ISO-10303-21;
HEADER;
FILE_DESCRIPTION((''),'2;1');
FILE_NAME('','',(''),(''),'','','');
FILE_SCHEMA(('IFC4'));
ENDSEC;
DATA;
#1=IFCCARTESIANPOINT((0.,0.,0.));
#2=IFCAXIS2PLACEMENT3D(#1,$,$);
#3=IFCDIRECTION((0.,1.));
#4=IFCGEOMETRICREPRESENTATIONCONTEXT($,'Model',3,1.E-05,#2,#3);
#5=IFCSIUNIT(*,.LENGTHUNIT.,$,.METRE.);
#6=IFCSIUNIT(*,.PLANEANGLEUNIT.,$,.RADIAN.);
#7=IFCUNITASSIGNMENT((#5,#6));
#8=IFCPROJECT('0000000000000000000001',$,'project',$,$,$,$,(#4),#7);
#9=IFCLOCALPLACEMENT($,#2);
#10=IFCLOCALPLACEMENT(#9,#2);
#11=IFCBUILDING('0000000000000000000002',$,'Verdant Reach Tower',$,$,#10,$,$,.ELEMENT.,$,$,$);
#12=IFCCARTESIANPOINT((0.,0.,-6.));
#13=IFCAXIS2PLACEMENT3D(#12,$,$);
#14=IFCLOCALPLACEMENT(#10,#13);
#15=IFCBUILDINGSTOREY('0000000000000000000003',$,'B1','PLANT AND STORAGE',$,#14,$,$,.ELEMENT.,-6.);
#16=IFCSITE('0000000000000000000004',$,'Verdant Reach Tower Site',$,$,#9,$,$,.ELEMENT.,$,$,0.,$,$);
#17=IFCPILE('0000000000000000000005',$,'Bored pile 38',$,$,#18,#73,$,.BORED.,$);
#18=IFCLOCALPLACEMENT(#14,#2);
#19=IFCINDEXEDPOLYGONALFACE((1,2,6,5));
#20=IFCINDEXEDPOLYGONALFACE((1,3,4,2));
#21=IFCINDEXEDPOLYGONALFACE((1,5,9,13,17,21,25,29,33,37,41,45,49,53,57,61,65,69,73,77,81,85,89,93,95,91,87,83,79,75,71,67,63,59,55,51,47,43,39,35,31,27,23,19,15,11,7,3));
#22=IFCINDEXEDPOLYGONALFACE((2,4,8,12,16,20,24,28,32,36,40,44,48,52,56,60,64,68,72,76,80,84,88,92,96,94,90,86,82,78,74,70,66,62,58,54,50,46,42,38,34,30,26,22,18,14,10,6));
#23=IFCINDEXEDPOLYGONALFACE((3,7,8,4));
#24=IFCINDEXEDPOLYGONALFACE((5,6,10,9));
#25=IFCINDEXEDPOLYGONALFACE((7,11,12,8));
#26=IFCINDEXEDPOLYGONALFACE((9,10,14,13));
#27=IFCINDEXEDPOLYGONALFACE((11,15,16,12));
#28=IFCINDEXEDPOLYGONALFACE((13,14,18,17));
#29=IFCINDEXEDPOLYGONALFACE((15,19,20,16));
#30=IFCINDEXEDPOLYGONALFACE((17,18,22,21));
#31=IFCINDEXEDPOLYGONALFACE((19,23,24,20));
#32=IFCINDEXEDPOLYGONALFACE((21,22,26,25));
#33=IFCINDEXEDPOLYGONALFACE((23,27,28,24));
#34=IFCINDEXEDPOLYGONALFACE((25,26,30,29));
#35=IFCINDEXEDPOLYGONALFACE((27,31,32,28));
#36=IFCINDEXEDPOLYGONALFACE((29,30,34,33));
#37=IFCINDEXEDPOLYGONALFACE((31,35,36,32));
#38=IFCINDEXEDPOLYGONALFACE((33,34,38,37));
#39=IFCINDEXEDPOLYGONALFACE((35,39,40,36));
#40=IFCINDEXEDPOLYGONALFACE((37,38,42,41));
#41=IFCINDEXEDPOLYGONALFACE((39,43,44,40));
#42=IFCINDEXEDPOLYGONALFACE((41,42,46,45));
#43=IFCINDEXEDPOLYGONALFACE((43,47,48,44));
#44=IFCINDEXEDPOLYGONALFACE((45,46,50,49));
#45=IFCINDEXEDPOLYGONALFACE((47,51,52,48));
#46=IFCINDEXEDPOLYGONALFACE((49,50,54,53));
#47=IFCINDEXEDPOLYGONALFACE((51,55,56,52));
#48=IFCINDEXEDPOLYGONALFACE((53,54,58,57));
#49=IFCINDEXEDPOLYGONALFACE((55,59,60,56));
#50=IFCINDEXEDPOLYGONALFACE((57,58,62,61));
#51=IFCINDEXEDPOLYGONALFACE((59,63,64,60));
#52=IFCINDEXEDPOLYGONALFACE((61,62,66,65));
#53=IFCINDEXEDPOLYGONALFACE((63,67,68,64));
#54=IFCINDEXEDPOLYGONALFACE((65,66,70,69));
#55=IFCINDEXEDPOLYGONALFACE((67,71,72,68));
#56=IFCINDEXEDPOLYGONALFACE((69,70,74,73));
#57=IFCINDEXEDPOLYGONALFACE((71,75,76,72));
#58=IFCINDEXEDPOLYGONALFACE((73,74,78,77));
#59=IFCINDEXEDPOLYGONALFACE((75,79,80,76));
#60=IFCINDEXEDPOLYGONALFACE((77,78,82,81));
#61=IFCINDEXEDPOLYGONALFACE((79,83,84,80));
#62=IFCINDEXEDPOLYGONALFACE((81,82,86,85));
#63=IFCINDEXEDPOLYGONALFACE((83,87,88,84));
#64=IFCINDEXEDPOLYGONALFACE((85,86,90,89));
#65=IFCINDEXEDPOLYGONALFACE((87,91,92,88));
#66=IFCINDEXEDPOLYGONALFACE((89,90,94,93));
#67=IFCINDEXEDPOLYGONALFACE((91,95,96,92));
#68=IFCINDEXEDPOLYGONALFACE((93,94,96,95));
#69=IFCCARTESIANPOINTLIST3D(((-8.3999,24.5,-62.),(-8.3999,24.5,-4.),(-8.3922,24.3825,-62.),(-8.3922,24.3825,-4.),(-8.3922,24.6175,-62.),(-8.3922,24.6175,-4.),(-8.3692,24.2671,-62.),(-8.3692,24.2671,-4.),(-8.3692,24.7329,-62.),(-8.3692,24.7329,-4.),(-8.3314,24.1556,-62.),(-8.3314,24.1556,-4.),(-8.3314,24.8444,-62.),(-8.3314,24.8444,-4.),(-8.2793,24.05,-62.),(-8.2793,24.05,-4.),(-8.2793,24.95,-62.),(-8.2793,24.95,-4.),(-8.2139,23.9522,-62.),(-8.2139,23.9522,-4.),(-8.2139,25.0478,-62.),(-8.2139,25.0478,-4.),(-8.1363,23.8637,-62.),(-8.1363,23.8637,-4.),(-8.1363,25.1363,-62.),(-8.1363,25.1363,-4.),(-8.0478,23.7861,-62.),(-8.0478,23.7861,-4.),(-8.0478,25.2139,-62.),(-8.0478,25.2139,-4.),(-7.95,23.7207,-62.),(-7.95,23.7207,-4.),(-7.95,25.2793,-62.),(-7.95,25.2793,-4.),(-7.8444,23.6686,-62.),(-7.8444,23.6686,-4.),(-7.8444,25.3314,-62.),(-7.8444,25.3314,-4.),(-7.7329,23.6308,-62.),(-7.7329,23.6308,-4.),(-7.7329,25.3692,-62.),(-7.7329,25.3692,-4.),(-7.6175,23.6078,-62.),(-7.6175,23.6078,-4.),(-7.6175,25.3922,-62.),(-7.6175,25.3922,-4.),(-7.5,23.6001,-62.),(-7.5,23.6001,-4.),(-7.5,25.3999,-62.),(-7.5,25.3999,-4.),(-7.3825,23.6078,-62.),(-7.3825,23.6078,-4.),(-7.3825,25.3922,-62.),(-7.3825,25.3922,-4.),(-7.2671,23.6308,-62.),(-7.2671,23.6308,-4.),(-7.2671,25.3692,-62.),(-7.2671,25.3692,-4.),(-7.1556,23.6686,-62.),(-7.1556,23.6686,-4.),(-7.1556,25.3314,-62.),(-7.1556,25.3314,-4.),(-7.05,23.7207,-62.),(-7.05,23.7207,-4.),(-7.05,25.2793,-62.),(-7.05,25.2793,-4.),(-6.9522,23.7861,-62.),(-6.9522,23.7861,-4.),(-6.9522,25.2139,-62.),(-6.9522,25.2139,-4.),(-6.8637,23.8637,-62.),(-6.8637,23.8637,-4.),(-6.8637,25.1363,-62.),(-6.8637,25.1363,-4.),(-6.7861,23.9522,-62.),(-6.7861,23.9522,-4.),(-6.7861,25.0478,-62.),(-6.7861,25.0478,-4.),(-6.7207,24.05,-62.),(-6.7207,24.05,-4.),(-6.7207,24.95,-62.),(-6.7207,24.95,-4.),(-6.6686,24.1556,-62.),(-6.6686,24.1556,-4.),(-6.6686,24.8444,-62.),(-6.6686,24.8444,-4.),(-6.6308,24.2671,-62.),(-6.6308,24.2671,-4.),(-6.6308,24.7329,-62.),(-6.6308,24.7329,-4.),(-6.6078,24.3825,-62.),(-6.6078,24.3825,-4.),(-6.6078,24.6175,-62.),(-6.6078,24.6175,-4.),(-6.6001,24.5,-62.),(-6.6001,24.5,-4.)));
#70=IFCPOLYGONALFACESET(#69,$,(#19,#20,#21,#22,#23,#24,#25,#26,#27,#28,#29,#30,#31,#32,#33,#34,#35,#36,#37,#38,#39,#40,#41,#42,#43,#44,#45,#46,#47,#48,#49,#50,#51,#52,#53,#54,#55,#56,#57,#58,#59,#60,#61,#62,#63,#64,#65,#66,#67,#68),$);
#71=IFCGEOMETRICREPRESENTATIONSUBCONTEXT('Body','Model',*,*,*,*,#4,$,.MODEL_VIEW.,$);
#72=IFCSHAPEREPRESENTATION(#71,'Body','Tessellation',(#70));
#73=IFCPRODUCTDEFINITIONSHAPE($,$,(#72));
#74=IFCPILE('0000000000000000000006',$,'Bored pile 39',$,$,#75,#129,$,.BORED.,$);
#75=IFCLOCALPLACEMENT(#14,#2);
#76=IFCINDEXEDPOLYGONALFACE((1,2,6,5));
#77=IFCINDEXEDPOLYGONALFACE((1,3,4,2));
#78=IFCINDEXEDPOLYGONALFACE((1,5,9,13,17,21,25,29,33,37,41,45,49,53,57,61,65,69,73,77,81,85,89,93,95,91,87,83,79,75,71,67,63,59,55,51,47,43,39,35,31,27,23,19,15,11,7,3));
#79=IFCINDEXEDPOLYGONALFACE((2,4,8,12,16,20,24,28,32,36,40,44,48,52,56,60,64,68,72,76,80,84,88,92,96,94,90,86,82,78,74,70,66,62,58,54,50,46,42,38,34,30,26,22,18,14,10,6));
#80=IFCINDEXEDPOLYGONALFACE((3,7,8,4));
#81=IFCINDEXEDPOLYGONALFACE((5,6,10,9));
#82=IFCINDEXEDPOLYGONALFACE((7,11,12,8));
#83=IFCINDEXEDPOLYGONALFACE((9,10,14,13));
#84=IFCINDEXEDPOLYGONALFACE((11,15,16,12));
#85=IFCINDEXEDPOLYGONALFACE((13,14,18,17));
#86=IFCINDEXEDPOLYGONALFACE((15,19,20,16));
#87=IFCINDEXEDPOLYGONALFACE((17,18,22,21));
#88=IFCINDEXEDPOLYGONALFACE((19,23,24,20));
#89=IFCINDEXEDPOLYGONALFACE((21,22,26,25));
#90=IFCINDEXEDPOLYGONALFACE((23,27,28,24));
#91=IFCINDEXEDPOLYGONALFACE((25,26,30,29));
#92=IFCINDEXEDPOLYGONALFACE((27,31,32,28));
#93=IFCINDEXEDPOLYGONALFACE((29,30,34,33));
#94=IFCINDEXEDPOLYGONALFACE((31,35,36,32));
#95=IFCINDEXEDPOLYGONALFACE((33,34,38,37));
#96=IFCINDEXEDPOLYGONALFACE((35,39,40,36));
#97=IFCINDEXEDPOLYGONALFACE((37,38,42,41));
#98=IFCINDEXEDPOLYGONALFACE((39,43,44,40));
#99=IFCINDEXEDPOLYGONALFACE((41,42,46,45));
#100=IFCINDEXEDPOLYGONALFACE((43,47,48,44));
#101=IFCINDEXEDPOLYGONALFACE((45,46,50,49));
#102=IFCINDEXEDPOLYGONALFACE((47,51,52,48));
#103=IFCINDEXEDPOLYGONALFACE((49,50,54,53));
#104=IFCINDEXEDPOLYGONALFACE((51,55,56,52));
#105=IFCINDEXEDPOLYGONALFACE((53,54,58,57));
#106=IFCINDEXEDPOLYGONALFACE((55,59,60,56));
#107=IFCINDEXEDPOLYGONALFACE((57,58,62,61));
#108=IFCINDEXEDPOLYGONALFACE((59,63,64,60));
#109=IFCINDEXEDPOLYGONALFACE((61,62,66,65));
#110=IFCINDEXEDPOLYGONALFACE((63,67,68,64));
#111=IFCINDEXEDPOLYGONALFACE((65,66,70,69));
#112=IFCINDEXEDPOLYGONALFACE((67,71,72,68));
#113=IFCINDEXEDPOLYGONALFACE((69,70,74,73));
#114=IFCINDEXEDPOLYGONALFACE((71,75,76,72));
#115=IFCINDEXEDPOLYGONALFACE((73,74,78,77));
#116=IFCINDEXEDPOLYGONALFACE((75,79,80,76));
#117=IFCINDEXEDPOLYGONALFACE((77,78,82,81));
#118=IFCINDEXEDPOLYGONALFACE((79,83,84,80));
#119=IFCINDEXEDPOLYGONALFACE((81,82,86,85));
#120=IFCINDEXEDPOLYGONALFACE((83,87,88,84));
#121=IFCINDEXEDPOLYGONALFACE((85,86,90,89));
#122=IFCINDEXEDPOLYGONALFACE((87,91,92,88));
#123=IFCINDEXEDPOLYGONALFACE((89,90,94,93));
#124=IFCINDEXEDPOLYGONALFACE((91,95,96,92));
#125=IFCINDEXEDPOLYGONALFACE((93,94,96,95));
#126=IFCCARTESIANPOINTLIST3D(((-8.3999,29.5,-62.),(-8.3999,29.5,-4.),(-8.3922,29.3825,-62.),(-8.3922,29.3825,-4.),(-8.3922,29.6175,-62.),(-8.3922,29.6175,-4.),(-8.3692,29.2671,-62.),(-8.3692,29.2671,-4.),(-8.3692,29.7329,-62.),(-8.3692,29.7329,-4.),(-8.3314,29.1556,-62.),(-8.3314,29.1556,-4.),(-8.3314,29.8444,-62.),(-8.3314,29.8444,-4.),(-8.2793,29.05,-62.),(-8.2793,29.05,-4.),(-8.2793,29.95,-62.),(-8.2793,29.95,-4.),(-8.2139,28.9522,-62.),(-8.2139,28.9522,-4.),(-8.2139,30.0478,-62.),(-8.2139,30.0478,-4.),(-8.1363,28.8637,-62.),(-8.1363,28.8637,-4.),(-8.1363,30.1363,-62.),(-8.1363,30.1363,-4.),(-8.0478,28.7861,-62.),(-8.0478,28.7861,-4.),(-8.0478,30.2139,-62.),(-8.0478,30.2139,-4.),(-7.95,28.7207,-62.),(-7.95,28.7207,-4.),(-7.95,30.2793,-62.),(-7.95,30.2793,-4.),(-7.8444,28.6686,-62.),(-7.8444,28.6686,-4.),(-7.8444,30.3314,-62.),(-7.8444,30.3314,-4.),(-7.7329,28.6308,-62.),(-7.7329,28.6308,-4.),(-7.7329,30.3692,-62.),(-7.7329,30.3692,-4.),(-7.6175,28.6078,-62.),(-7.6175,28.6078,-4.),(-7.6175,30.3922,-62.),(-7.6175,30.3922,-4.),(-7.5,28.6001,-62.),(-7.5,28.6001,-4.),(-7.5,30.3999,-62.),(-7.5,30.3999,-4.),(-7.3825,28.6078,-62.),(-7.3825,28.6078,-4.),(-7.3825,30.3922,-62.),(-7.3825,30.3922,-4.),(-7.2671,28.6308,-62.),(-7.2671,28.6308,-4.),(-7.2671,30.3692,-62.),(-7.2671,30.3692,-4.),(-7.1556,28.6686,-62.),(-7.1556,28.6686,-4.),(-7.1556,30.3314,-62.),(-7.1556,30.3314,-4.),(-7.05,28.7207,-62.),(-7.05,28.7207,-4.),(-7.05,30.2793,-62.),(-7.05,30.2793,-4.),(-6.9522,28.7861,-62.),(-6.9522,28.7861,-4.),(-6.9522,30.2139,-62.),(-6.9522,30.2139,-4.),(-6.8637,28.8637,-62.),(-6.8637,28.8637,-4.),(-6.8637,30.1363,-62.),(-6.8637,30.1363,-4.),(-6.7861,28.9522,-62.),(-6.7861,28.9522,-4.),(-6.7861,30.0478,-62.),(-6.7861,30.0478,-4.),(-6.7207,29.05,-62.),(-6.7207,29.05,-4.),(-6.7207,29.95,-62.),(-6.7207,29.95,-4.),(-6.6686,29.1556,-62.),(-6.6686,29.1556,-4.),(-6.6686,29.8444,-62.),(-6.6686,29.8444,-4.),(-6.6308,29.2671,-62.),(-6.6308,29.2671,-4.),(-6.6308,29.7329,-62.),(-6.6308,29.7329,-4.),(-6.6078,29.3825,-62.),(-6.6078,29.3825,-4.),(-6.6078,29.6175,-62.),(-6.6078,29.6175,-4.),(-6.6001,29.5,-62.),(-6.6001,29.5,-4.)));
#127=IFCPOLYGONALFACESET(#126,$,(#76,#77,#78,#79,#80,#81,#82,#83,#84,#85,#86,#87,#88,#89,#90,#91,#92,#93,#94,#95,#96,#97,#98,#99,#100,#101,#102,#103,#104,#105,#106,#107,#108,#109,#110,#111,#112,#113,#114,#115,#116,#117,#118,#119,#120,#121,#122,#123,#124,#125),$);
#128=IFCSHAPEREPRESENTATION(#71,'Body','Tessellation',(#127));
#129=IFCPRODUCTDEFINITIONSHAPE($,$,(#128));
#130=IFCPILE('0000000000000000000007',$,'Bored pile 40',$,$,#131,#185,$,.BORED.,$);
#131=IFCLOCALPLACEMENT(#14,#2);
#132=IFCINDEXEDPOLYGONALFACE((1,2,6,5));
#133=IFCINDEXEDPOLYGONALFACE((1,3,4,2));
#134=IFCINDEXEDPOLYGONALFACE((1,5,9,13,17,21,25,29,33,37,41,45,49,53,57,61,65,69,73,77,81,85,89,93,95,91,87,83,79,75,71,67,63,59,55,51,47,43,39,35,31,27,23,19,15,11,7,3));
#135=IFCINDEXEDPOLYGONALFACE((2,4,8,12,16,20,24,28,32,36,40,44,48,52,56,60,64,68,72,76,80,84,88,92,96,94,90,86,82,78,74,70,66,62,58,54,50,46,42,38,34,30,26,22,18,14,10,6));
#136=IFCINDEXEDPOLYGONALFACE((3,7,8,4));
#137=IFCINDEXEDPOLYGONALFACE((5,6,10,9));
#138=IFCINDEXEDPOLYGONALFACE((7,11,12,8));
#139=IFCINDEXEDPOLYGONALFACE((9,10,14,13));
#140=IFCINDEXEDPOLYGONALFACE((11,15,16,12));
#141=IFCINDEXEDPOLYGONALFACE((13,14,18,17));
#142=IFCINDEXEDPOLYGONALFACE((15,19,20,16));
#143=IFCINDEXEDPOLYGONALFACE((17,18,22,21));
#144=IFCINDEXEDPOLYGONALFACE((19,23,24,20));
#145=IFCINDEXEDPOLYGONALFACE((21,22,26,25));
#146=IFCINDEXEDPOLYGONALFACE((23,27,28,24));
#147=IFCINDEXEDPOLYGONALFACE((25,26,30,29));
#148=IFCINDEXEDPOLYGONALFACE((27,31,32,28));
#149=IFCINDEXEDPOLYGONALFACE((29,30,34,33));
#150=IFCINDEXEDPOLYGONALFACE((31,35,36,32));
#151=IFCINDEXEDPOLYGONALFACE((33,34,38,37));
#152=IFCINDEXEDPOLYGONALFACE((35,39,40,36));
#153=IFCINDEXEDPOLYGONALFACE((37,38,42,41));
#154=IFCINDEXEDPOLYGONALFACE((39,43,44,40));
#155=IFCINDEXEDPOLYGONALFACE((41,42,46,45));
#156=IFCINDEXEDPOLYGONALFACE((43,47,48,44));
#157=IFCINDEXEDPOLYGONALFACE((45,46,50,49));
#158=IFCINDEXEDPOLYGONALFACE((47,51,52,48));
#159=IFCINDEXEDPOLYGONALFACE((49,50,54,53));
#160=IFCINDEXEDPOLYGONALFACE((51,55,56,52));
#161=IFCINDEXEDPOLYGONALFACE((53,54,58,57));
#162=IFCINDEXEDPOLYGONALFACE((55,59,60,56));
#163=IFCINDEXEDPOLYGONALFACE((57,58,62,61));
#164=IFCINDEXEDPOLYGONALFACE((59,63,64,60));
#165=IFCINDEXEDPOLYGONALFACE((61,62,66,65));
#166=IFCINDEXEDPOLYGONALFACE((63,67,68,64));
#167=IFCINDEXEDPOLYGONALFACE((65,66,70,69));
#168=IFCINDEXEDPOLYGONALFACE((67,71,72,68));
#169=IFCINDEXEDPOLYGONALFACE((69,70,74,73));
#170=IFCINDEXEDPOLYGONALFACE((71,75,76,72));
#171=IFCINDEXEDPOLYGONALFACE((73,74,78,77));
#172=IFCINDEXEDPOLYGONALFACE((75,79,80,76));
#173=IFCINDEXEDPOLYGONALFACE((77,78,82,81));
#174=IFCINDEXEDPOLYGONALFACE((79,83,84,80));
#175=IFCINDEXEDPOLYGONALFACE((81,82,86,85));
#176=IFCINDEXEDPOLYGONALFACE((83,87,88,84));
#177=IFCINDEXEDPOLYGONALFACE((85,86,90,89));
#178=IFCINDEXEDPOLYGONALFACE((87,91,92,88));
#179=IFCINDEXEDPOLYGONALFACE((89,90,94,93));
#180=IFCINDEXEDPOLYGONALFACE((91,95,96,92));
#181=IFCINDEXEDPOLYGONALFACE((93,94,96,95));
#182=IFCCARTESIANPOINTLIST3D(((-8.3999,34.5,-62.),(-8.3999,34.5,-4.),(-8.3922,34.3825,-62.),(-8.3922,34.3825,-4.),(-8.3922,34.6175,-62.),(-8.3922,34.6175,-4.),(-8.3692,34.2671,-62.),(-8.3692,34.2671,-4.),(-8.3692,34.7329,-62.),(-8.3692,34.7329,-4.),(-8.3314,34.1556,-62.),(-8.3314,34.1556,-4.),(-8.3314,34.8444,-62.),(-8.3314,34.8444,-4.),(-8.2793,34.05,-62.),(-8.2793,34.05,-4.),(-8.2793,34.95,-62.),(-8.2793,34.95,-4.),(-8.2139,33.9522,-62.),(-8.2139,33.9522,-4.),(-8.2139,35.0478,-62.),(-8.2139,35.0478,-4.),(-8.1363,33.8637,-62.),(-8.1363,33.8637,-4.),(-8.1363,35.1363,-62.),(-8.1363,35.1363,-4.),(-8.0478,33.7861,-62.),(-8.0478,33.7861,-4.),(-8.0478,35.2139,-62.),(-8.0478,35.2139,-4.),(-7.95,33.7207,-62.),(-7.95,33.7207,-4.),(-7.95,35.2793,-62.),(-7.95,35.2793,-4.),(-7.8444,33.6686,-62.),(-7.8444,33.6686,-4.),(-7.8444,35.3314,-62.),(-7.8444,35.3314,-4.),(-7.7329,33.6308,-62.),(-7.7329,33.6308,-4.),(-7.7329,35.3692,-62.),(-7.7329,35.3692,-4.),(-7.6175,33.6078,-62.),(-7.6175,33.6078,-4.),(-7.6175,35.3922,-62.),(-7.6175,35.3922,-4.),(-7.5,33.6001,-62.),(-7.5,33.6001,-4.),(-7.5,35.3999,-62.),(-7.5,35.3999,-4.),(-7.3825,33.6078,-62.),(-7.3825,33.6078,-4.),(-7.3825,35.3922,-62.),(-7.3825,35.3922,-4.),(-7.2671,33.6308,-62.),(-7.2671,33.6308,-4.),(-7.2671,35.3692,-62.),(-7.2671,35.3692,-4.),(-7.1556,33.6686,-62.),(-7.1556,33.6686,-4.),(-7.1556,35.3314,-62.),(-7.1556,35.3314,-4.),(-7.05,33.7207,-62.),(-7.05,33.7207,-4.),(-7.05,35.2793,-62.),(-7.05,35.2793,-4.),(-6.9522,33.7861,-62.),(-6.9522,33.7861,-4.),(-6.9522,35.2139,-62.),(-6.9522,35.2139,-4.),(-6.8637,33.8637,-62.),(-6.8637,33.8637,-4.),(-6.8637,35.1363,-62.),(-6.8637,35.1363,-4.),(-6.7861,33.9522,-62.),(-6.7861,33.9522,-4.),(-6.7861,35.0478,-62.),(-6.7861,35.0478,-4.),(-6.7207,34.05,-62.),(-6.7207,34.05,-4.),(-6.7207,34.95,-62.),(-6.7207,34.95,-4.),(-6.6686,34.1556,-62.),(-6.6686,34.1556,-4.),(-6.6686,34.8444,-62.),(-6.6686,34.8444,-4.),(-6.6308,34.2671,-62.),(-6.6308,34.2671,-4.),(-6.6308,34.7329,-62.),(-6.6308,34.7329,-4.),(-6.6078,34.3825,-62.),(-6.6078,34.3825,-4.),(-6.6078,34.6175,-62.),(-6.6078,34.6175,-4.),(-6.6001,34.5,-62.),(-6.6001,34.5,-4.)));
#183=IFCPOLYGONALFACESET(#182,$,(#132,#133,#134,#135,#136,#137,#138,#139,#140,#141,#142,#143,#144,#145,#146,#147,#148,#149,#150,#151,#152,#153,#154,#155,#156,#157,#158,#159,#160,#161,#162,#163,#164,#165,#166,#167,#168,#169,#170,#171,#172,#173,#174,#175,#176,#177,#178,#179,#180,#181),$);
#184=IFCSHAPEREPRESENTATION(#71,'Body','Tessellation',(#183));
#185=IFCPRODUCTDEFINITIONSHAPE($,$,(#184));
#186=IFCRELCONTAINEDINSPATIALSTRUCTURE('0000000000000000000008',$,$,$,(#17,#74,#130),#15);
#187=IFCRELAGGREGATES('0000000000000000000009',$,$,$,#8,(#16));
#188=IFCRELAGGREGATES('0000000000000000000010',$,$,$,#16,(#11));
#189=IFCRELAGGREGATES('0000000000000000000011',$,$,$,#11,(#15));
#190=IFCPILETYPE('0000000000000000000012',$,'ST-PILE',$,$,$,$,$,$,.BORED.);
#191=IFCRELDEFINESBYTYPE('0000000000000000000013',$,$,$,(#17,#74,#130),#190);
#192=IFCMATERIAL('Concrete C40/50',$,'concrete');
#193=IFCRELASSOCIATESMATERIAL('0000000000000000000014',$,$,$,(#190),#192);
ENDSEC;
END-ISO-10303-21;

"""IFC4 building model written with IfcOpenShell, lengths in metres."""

from ifc_helpers import new_model, si_unit, direction, frame, origin, origin_2d, place, context, subcontext, project, spatial, circle, extrude, material, material_profile, profile_set, type_object, element, save


model = new_model("IFC4")

# Units and contexts
model_context = context("Model", 3, precision=1e-05, world=origin(), true_north=direction((0.0, 1.0)))
body_context = subcontext(model_context, "Body", "Model", "MODEL_VIEW")
ifc_project = project(units=[si_unit("LENGTHUNIT", "METRE"), si_unit("PLANEANGLEUNIT", "RADIAN")], contexts=[model_context])

# Site, building, storey
site_placement = place(None, origin())
site = spatial("IfcSite", under=ifc_project, at=site_placement, Name="Verdant Reach Tower Site", CompositionType="ELEMENT", RefElevation=0.0)
building_placement = place(site_placement, origin())
building = spatial("IfcBuilding", under=site, at=building_placement, Name="Verdant Reach Tower", CompositionType="ELEMENT")
storey_placement = place(building_placement, frame((0.0, 0.0, -6.0)))
storey = spatial("IfcBuildingStorey", under=building, at=storey_placement, Name="B1", Description="PLANT AND STORAGE", CompositionType="ELEMENT", Elevation=-6.0)

# Piles
ifc_material_1 = material(Name="Concrete C40/50", Category="concrete")
ifc_material_profile_1 = material_profile(ifc_material_1, circle(Radius=0.8999, at=origin_2d()), Name="BP 1800")
ifc_profile_set_1 = profile_set([ifc_material_profile_1], Name="Concrete C40/50")
pile_type = type_object("IfcPileType", Name="ST-PILE", PredefinedType="BORED", material=ifc_profile_set_1)
for number, where, z_axis, x_axis, name in (
    (1, (-7.5, 24.5, -4.0), (0.0, 0.0, -1.0), (1.0, 0.0, 0.0), "Bored pile 38"),
    (2, (-7.5, 29.5, -4.0), (0.0, 0.0, -1.0), (1.0, 0.0, 0.0), "Bored pile 39"),
    (3, (-7.5, 34.5, -4.0), (0.0, 0.0, -1.0), (1.0, 0.0, 0.0), "Bored pile 40"),
):
    element("IfcPile", number, at=place(storey_placement, frame(where, z_axis=z_axis, x_axis=x_axis)), inside=storey, type_object=pile_type, Name=name, PredefinedType="BORED", context=body_context, shape_type="SweptSolid", body=[
        extrude(circle(Radius=0.8999, at=origin_2d()), origin(), (0.0, 0.0, 1.0), 58.0),
    ])

save(model, "model.ifc")
